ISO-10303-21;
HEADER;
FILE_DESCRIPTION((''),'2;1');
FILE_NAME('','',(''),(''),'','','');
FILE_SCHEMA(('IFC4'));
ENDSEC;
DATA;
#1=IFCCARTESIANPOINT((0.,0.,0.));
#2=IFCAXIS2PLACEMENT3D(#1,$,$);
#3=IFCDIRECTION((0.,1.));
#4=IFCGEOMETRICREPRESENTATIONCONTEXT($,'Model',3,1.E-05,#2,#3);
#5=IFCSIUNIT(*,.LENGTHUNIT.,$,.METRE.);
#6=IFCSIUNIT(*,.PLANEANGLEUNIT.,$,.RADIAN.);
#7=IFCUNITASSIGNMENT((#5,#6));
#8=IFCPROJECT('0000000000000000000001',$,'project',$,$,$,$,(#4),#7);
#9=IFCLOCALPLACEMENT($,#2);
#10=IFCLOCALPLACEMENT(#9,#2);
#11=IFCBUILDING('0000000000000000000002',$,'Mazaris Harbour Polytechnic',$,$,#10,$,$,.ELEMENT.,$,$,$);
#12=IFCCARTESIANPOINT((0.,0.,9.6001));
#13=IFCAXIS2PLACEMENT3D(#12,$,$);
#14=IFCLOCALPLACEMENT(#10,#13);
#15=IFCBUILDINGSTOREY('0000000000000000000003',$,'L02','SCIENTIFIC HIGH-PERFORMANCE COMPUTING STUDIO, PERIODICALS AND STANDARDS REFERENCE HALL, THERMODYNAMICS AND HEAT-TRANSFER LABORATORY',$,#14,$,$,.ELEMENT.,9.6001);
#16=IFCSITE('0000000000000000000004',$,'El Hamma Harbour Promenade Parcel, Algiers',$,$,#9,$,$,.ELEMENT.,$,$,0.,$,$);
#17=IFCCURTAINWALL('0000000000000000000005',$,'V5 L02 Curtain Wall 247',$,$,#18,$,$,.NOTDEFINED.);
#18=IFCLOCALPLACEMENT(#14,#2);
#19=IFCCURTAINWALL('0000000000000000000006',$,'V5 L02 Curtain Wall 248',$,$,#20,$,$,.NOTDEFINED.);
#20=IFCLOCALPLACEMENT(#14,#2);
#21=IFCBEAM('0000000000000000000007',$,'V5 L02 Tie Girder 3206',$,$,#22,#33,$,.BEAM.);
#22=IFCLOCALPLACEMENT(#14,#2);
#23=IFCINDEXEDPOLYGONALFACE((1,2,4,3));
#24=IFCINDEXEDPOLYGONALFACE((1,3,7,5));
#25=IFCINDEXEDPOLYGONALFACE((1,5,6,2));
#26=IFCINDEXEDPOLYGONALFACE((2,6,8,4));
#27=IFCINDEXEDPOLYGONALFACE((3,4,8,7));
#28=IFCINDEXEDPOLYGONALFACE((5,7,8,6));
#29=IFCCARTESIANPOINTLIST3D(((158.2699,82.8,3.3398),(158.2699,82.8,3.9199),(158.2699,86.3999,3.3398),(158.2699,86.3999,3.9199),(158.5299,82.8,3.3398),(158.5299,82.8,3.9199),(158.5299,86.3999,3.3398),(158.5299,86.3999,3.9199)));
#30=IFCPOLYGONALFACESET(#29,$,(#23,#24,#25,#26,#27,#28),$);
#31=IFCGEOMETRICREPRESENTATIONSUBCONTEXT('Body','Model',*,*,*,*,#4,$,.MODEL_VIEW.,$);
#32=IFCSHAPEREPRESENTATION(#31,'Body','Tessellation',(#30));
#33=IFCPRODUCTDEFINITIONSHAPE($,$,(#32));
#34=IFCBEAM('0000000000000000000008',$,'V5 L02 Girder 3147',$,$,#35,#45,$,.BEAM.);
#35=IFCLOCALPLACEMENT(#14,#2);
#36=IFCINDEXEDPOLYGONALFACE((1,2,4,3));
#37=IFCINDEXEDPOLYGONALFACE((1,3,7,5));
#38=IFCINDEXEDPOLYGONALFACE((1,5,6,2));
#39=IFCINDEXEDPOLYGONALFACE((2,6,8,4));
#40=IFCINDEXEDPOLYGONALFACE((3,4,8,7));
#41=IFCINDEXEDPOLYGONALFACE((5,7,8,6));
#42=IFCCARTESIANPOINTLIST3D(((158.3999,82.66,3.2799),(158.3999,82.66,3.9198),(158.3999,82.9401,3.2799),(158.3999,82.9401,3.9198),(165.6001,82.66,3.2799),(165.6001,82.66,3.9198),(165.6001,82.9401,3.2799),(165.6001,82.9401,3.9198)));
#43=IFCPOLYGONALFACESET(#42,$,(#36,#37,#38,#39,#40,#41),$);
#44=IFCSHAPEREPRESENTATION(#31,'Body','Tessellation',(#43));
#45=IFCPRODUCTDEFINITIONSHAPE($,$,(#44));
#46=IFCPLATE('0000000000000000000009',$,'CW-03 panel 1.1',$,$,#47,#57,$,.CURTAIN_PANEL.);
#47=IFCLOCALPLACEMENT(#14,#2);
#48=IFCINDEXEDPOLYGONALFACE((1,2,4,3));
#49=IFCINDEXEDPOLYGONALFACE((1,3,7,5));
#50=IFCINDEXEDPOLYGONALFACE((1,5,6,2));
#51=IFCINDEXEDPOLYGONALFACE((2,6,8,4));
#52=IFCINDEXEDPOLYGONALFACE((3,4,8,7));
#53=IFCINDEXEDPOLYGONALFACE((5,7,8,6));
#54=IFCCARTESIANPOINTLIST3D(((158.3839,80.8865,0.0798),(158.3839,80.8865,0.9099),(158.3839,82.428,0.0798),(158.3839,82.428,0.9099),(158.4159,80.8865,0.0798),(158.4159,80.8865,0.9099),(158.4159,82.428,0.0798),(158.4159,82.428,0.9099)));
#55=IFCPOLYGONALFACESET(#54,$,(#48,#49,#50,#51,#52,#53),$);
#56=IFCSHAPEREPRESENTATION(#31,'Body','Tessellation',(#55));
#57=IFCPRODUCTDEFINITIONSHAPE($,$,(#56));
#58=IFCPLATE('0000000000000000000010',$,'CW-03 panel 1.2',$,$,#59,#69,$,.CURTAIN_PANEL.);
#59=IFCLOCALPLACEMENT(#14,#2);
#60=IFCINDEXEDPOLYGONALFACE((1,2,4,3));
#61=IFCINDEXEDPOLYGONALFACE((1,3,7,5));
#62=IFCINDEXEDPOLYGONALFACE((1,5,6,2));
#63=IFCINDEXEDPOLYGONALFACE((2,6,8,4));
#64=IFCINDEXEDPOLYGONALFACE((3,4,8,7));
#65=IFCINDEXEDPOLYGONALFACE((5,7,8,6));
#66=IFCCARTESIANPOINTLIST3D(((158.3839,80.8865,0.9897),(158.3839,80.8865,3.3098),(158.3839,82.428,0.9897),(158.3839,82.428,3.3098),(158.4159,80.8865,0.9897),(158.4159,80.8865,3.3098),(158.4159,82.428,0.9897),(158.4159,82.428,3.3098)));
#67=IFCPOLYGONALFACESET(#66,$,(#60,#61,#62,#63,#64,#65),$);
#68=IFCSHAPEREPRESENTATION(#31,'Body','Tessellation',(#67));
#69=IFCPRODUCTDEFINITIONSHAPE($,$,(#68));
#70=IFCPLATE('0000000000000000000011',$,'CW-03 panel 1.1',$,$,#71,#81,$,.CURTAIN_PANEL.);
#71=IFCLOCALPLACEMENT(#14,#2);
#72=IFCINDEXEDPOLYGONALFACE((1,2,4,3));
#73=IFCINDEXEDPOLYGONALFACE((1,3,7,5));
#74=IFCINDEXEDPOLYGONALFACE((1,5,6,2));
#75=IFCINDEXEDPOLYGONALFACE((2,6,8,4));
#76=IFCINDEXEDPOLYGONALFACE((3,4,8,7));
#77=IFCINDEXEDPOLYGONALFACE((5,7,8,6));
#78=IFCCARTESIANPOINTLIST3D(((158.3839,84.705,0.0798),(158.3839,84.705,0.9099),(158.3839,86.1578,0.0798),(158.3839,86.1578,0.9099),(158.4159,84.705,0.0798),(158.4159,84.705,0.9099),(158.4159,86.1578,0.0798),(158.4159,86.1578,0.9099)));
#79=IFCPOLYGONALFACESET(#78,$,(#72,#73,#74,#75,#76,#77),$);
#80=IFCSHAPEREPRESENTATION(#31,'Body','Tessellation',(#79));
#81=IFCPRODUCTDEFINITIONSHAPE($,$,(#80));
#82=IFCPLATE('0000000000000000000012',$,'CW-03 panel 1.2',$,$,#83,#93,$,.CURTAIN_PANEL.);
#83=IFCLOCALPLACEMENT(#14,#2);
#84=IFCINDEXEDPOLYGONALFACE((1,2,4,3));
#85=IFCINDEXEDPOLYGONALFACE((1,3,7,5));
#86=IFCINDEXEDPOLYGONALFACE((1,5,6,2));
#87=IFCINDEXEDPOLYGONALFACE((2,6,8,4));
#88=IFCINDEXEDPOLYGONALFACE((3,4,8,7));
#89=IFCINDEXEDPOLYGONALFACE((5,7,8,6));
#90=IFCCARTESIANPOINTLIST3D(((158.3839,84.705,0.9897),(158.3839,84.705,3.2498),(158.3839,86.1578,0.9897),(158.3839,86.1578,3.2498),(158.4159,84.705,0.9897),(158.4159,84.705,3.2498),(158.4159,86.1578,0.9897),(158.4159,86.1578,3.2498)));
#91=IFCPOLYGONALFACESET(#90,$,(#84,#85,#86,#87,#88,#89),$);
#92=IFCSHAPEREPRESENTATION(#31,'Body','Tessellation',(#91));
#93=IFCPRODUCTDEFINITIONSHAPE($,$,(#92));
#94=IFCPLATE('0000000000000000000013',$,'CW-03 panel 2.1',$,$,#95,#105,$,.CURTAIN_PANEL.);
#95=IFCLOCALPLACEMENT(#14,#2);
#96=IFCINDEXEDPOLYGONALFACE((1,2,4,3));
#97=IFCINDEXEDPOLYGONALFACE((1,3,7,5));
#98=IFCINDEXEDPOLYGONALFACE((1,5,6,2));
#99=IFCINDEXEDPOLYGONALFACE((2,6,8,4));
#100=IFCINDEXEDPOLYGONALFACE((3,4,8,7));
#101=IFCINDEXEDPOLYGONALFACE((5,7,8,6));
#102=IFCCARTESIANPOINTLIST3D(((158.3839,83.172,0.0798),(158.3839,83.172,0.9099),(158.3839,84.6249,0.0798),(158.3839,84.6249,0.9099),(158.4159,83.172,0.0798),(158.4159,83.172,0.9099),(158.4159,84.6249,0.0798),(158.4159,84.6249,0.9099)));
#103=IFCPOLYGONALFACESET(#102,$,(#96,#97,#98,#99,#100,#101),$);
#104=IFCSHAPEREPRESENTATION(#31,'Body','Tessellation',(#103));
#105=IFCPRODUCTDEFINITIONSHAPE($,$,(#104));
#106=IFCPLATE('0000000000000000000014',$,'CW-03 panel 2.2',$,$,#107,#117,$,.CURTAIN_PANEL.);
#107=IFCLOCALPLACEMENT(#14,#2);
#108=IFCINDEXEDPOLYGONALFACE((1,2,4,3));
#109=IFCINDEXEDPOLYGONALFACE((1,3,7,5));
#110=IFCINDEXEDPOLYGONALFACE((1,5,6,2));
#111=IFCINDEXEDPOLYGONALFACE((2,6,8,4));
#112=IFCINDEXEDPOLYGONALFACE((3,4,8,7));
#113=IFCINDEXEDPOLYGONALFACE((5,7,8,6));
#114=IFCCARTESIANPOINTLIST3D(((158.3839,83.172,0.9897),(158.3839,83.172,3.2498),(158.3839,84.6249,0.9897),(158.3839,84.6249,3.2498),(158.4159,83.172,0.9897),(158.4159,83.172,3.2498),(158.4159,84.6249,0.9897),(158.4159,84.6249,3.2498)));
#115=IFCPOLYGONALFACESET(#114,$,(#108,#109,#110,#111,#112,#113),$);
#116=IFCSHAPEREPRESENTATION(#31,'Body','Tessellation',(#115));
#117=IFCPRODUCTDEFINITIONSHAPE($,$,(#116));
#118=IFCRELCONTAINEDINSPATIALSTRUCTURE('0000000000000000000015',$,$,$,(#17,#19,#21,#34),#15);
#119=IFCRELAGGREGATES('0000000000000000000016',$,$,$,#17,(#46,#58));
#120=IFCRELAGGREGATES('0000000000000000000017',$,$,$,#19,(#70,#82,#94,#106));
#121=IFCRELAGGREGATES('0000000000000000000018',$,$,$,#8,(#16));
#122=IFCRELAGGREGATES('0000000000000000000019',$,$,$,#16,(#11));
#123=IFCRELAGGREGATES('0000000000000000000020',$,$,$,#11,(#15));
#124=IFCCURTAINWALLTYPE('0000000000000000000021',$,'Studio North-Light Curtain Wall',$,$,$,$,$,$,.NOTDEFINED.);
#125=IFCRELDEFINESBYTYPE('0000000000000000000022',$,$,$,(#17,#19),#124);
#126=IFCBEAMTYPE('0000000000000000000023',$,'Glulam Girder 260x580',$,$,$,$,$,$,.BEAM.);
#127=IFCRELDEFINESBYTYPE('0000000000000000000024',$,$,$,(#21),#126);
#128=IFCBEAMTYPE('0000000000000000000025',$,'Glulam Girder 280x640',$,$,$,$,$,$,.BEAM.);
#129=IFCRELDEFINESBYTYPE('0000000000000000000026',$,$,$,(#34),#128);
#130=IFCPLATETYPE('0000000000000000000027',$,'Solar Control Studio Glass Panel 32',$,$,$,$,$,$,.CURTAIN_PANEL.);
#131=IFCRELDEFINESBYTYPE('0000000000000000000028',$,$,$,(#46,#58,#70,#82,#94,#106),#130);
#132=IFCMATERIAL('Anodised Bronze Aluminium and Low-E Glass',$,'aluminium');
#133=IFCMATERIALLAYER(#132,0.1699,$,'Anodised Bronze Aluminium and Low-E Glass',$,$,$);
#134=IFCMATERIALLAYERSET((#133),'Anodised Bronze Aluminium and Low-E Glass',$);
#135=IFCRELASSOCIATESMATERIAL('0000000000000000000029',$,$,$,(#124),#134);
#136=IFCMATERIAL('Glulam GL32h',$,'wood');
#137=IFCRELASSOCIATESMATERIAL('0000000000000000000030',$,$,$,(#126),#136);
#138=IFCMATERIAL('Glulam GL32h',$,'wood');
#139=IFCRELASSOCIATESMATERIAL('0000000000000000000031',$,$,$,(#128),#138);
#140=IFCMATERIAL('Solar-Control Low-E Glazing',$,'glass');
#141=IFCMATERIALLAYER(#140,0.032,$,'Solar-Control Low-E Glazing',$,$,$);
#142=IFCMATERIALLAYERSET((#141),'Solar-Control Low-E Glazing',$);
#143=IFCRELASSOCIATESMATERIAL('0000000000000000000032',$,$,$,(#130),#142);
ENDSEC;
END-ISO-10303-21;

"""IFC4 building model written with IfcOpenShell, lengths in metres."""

from ifc_helpers import new_model, si_unit, direction, frame, origin, origin_2d, place, context, subcontext, project, spatial, rectangle, extrude, material, layer, layer_set, material_profile, profile_set, type_object, element, aggregate, save


model = new_model("IFC4")

# Units and contexts
model_context = context("Model", 3, precision=1e-05, world=origin(), true_north=direction((0.0, 1.0)))
body_context = subcontext(model_context, "Body", "Model", "MODEL_VIEW")
ifc_project = project(units=[si_unit("LENGTHUNIT", "METRE"), si_unit("PLANEANGLEUNIT", "RADIAN")], contexts=[model_context])

# Site, building, storey
site_placement = place(None, origin())
site = spatial("IfcSite", under=ifc_project, at=site_placement, Name="El Hamma Harbour Promenade Parcel, Algiers", CompositionType="ELEMENT", RefElevation=0.0)
building_placement = place(site_placement, origin())
building = spatial("IfcBuilding", under=site, at=building_placement, Name="Mazaris Harbour Polytechnic", CompositionType="ELEMENT")
storey_placement = place(building_placement, frame((0.0, 0.0, 9.6001)))
storey = spatial("IfcBuildingStorey", under=building, at=storey_placement, Name="L02", Description="SCIENTIFIC HIGH-PERFORMANCE COMPUTING STUDIO, PERIODICALS AND STANDARDS REFERENCE HALL, THERMODYNAMICS AND HEAT-TRANSFER LABORATORY", CompositionType="ELEMENT", Elevation=9.6001)

# Curtain walls
ifc_material_1 = material(Name="Anodised Bronze Aluminium and Low-E Glass", Category="aluminium")
ifc_layer_1 = layer(ifc_material_1, 0.1699, Name="Anodised Bronze Aluminium and Low-E Glass")
ifc_layer_set_1 = layer_set([ifc_layer_1], Name="Anodised Bronze Aluminium and Low-E Glass")
curtain_wall_type = type_object("IfcCurtainWallType", Name="Studio North-Light Curtain Wall", PredefinedType="NOTDEFINED", material=ifc_layer_set_1)
curtain_wall_1_placement = place(storey_placement, origin())
curtain_wall_1 = element("IfcCurtainWall", 1, at=curtain_wall_1_placement, inside=storey, type_object=curtain_wall_type, Name="V5 L02 Curtain Wall 247", PredefinedType="NOTDEFINED")
curtain_wall_2_placement = place(storey_placement, origin())
curtain_wall_2 = element("IfcCurtainWall", 2, at=curtain_wall_2_placement, inside=storey, type_object=curtain_wall_type, Name="V5 L02 Curtain Wall 248", PredefinedType="NOTDEFINED")

# Beams
ifc_material_2 = material(Name="Glulam GL32h", Category="wood")
ifc_material_profile_1 = material_profile(ifc_material_2, rectangle(XDim=0.26, YDim=0.5801, at=origin_2d()), Name="RECT260x580")
ifc_profile_set_1 = profile_set([ifc_material_profile_1], Name="Glulam GL32h")
beam_type_1 = type_object("IfcBeamType", Name="Glulam Girder 260x580", PredefinedType="BEAM", material=ifc_profile_set_1)
beam_1_placement = place(storey_placement, frame((158.3999, 82.8, 3.6299), z_axis=(0.0, 1.0, 0.0), x_axis=(-1.0, 0.0, 0.0)))
element("IfcBeam", 3, at=beam_1_placement, inside=storey, type_object=beam_type_1, Name="V5 L02 Tie Girder 3206", PredefinedType="BEAM", context=body_context, shape_type="SweptSolid", body=[
    extrude(rectangle(XDim=0.26, YDim=0.5801, at=origin_2d()), origin(), (0.0, 0.0, 1.0), 3.5999),
])
ifc_material_3 = material(Name="Glulam GL32h", Category="wood")
ifc_material_profile_2 = material_profile(ifc_material_3, rectangle(XDim=0.28, YDim=0.6399, at=origin_2d()), Name="RECT280x640")
ifc_profile_set_2 = profile_set([ifc_material_profile_2], Name="Glulam GL32h")
beam_type_2 = type_object("IfcBeamType", Name="Glulam Girder 280x640", PredefinedType="BEAM", material=ifc_profile_set_2)
beam_2_placement = place(storey_placement, frame((158.3999, 82.8, 3.5999), z_axis=(1.0, 0.0, 0.0), x_axis=(0.0, 1.0, 0.0)))
element("IfcBeam", 4, at=beam_2_placement, inside=storey, type_object=beam_type_2, Name="V5 L02 Girder 3147", PredefinedType="BEAM", context=body_context, shape_type="SweptSolid", body=[
    extrude(rectangle(XDim=0.28, YDim=0.6399, at=origin_2d()), origin(), (0.0, 0.0, 1.0), 7.2002),
])

# Plates
ifc_material_4 = material(Name="Solar-Control Low-E Glazing", Category="glass")
ifc_layer_2 = layer(ifc_material_4, 0.032, Name="Solar-Control Low-E Glazing")
ifc_layer_set_2 = layer_set([ifc_layer_2], Name="Solar-Control Low-E Glazing")
plate_type = type_object("IfcPlateType", Name="Solar Control Studio Glass Panel 32", PredefinedType="CURTAIN_PANEL", material=ifc_layer_set_2)
plate_1_placement = place(storey_placement, frame((158.3999, 81.6572, 0.0798), z_axis=(0.0, 0.0, 1.0), x_axis=(0.0, -1.0, 0.0)))
plate_1 = element("IfcPlate", 5, at=plate_1_placement, type_object=plate_type, Name="CW-03 panel 1.1", PredefinedType="CURTAIN_PANEL", context=body_context, shape_type="SweptSolid", body=[
    extrude(rectangle(XDim=1.5415, YDim=0.032, at=origin_2d()), origin(), (0.0, 0.0, 1.0), 0.8301),
])
plate_2_placement = place(storey_placement, frame((158.3999, 81.6572, 0.9897), z_axis=(0.0, 0.0, 1.0), x_axis=(0.0, -1.0, 0.0)))
plate_2 = element("IfcPlate", 6, at=plate_2_placement, type_object=plate_type, Name="CW-03 panel 1.2", PredefinedType="CURTAIN_PANEL", context=body_context, shape_type="SweptSolid", body=[
    extrude(rectangle(XDim=1.5415, YDim=0.032, at=origin_2d()), origin(), (0.0, 0.0, 1.0), 2.3201),
])
aggregate(curtain_wall_1, [plate_1, plate_2])
plate_3_placement = place(storey_placement, frame((158.3999, 85.4314, 0.0798), z_axis=(0.0, 0.0, 1.0), x_axis=(0.0, -1.0, 0.0)))
plate_3 = element("IfcPlate", 7, at=plate_3_placement, type_object=plate_type, Name="CW-03 panel 1.1", PredefinedType="CURTAIN_PANEL", context=body_context, shape_type="SweptSolid", body=[
    extrude(rectangle(XDim=1.4529, YDim=0.032, at=origin_2d()), origin(), (0.0, 0.0, 1.0), 0.8301),
])
plate_4_placement = place(storey_placement, frame((158.3999, 85.4314, 0.9897), z_axis=(0.0, 0.0, 1.0), x_axis=(0.0, -1.0, 0.0)))
plate_4 = element("IfcPlate", 8, at=plate_4_placement, type_object=plate_type, Name="CW-03 panel 1.2", PredefinedType="CURTAIN_PANEL", context=body_context, shape_type="SweptSolid", body=[
    extrude(rectangle(XDim=1.4529, YDim=0.032, at=origin_2d()), origin(), (0.0, 0.0, 1.0), 2.26),
])
plate_5_placement = place(storey_placement, frame((158.3999, 83.8984, 0.0798), z_axis=(0.0, 0.0, 1.0), x_axis=(0.0, -1.0, 0.0)))
plate_5 = element("IfcPlate", 9, at=plate_5_placement, type_object=plate_type, Name="CW-03 panel 2.1", PredefinedType="CURTAIN_PANEL", context=body_context, shape_type="SweptSolid", body=[
    extrude(rectangle(XDim=1.4529, YDim=0.032, at=origin_2d()), origin(), (0.0, 0.0, 1.0), 0.8301),
])
plate_6_placement = place(storey_placement, frame((158.3999, 83.8984, 0.9897), z_axis=(0.0, 0.0, 1.0), x_axis=(0.0, -1.0, 0.0)))
plate_6 = element("IfcPlate", 10, at=plate_6_placement, type_object=plate_type, Name="CW-03 panel 2.2", PredefinedType="CURTAIN_PANEL", context=body_context, shape_type="SweptSolid", body=[
    extrude(rectangle(XDim=1.4529, YDim=0.032, at=origin_2d()), origin(), (0.0, 0.0, 1.0), 2.26),
])
aggregate(curtain_wall_2, [plate_3, plate_4, plate_5, plate_6])

save(model, "model.ifc")
